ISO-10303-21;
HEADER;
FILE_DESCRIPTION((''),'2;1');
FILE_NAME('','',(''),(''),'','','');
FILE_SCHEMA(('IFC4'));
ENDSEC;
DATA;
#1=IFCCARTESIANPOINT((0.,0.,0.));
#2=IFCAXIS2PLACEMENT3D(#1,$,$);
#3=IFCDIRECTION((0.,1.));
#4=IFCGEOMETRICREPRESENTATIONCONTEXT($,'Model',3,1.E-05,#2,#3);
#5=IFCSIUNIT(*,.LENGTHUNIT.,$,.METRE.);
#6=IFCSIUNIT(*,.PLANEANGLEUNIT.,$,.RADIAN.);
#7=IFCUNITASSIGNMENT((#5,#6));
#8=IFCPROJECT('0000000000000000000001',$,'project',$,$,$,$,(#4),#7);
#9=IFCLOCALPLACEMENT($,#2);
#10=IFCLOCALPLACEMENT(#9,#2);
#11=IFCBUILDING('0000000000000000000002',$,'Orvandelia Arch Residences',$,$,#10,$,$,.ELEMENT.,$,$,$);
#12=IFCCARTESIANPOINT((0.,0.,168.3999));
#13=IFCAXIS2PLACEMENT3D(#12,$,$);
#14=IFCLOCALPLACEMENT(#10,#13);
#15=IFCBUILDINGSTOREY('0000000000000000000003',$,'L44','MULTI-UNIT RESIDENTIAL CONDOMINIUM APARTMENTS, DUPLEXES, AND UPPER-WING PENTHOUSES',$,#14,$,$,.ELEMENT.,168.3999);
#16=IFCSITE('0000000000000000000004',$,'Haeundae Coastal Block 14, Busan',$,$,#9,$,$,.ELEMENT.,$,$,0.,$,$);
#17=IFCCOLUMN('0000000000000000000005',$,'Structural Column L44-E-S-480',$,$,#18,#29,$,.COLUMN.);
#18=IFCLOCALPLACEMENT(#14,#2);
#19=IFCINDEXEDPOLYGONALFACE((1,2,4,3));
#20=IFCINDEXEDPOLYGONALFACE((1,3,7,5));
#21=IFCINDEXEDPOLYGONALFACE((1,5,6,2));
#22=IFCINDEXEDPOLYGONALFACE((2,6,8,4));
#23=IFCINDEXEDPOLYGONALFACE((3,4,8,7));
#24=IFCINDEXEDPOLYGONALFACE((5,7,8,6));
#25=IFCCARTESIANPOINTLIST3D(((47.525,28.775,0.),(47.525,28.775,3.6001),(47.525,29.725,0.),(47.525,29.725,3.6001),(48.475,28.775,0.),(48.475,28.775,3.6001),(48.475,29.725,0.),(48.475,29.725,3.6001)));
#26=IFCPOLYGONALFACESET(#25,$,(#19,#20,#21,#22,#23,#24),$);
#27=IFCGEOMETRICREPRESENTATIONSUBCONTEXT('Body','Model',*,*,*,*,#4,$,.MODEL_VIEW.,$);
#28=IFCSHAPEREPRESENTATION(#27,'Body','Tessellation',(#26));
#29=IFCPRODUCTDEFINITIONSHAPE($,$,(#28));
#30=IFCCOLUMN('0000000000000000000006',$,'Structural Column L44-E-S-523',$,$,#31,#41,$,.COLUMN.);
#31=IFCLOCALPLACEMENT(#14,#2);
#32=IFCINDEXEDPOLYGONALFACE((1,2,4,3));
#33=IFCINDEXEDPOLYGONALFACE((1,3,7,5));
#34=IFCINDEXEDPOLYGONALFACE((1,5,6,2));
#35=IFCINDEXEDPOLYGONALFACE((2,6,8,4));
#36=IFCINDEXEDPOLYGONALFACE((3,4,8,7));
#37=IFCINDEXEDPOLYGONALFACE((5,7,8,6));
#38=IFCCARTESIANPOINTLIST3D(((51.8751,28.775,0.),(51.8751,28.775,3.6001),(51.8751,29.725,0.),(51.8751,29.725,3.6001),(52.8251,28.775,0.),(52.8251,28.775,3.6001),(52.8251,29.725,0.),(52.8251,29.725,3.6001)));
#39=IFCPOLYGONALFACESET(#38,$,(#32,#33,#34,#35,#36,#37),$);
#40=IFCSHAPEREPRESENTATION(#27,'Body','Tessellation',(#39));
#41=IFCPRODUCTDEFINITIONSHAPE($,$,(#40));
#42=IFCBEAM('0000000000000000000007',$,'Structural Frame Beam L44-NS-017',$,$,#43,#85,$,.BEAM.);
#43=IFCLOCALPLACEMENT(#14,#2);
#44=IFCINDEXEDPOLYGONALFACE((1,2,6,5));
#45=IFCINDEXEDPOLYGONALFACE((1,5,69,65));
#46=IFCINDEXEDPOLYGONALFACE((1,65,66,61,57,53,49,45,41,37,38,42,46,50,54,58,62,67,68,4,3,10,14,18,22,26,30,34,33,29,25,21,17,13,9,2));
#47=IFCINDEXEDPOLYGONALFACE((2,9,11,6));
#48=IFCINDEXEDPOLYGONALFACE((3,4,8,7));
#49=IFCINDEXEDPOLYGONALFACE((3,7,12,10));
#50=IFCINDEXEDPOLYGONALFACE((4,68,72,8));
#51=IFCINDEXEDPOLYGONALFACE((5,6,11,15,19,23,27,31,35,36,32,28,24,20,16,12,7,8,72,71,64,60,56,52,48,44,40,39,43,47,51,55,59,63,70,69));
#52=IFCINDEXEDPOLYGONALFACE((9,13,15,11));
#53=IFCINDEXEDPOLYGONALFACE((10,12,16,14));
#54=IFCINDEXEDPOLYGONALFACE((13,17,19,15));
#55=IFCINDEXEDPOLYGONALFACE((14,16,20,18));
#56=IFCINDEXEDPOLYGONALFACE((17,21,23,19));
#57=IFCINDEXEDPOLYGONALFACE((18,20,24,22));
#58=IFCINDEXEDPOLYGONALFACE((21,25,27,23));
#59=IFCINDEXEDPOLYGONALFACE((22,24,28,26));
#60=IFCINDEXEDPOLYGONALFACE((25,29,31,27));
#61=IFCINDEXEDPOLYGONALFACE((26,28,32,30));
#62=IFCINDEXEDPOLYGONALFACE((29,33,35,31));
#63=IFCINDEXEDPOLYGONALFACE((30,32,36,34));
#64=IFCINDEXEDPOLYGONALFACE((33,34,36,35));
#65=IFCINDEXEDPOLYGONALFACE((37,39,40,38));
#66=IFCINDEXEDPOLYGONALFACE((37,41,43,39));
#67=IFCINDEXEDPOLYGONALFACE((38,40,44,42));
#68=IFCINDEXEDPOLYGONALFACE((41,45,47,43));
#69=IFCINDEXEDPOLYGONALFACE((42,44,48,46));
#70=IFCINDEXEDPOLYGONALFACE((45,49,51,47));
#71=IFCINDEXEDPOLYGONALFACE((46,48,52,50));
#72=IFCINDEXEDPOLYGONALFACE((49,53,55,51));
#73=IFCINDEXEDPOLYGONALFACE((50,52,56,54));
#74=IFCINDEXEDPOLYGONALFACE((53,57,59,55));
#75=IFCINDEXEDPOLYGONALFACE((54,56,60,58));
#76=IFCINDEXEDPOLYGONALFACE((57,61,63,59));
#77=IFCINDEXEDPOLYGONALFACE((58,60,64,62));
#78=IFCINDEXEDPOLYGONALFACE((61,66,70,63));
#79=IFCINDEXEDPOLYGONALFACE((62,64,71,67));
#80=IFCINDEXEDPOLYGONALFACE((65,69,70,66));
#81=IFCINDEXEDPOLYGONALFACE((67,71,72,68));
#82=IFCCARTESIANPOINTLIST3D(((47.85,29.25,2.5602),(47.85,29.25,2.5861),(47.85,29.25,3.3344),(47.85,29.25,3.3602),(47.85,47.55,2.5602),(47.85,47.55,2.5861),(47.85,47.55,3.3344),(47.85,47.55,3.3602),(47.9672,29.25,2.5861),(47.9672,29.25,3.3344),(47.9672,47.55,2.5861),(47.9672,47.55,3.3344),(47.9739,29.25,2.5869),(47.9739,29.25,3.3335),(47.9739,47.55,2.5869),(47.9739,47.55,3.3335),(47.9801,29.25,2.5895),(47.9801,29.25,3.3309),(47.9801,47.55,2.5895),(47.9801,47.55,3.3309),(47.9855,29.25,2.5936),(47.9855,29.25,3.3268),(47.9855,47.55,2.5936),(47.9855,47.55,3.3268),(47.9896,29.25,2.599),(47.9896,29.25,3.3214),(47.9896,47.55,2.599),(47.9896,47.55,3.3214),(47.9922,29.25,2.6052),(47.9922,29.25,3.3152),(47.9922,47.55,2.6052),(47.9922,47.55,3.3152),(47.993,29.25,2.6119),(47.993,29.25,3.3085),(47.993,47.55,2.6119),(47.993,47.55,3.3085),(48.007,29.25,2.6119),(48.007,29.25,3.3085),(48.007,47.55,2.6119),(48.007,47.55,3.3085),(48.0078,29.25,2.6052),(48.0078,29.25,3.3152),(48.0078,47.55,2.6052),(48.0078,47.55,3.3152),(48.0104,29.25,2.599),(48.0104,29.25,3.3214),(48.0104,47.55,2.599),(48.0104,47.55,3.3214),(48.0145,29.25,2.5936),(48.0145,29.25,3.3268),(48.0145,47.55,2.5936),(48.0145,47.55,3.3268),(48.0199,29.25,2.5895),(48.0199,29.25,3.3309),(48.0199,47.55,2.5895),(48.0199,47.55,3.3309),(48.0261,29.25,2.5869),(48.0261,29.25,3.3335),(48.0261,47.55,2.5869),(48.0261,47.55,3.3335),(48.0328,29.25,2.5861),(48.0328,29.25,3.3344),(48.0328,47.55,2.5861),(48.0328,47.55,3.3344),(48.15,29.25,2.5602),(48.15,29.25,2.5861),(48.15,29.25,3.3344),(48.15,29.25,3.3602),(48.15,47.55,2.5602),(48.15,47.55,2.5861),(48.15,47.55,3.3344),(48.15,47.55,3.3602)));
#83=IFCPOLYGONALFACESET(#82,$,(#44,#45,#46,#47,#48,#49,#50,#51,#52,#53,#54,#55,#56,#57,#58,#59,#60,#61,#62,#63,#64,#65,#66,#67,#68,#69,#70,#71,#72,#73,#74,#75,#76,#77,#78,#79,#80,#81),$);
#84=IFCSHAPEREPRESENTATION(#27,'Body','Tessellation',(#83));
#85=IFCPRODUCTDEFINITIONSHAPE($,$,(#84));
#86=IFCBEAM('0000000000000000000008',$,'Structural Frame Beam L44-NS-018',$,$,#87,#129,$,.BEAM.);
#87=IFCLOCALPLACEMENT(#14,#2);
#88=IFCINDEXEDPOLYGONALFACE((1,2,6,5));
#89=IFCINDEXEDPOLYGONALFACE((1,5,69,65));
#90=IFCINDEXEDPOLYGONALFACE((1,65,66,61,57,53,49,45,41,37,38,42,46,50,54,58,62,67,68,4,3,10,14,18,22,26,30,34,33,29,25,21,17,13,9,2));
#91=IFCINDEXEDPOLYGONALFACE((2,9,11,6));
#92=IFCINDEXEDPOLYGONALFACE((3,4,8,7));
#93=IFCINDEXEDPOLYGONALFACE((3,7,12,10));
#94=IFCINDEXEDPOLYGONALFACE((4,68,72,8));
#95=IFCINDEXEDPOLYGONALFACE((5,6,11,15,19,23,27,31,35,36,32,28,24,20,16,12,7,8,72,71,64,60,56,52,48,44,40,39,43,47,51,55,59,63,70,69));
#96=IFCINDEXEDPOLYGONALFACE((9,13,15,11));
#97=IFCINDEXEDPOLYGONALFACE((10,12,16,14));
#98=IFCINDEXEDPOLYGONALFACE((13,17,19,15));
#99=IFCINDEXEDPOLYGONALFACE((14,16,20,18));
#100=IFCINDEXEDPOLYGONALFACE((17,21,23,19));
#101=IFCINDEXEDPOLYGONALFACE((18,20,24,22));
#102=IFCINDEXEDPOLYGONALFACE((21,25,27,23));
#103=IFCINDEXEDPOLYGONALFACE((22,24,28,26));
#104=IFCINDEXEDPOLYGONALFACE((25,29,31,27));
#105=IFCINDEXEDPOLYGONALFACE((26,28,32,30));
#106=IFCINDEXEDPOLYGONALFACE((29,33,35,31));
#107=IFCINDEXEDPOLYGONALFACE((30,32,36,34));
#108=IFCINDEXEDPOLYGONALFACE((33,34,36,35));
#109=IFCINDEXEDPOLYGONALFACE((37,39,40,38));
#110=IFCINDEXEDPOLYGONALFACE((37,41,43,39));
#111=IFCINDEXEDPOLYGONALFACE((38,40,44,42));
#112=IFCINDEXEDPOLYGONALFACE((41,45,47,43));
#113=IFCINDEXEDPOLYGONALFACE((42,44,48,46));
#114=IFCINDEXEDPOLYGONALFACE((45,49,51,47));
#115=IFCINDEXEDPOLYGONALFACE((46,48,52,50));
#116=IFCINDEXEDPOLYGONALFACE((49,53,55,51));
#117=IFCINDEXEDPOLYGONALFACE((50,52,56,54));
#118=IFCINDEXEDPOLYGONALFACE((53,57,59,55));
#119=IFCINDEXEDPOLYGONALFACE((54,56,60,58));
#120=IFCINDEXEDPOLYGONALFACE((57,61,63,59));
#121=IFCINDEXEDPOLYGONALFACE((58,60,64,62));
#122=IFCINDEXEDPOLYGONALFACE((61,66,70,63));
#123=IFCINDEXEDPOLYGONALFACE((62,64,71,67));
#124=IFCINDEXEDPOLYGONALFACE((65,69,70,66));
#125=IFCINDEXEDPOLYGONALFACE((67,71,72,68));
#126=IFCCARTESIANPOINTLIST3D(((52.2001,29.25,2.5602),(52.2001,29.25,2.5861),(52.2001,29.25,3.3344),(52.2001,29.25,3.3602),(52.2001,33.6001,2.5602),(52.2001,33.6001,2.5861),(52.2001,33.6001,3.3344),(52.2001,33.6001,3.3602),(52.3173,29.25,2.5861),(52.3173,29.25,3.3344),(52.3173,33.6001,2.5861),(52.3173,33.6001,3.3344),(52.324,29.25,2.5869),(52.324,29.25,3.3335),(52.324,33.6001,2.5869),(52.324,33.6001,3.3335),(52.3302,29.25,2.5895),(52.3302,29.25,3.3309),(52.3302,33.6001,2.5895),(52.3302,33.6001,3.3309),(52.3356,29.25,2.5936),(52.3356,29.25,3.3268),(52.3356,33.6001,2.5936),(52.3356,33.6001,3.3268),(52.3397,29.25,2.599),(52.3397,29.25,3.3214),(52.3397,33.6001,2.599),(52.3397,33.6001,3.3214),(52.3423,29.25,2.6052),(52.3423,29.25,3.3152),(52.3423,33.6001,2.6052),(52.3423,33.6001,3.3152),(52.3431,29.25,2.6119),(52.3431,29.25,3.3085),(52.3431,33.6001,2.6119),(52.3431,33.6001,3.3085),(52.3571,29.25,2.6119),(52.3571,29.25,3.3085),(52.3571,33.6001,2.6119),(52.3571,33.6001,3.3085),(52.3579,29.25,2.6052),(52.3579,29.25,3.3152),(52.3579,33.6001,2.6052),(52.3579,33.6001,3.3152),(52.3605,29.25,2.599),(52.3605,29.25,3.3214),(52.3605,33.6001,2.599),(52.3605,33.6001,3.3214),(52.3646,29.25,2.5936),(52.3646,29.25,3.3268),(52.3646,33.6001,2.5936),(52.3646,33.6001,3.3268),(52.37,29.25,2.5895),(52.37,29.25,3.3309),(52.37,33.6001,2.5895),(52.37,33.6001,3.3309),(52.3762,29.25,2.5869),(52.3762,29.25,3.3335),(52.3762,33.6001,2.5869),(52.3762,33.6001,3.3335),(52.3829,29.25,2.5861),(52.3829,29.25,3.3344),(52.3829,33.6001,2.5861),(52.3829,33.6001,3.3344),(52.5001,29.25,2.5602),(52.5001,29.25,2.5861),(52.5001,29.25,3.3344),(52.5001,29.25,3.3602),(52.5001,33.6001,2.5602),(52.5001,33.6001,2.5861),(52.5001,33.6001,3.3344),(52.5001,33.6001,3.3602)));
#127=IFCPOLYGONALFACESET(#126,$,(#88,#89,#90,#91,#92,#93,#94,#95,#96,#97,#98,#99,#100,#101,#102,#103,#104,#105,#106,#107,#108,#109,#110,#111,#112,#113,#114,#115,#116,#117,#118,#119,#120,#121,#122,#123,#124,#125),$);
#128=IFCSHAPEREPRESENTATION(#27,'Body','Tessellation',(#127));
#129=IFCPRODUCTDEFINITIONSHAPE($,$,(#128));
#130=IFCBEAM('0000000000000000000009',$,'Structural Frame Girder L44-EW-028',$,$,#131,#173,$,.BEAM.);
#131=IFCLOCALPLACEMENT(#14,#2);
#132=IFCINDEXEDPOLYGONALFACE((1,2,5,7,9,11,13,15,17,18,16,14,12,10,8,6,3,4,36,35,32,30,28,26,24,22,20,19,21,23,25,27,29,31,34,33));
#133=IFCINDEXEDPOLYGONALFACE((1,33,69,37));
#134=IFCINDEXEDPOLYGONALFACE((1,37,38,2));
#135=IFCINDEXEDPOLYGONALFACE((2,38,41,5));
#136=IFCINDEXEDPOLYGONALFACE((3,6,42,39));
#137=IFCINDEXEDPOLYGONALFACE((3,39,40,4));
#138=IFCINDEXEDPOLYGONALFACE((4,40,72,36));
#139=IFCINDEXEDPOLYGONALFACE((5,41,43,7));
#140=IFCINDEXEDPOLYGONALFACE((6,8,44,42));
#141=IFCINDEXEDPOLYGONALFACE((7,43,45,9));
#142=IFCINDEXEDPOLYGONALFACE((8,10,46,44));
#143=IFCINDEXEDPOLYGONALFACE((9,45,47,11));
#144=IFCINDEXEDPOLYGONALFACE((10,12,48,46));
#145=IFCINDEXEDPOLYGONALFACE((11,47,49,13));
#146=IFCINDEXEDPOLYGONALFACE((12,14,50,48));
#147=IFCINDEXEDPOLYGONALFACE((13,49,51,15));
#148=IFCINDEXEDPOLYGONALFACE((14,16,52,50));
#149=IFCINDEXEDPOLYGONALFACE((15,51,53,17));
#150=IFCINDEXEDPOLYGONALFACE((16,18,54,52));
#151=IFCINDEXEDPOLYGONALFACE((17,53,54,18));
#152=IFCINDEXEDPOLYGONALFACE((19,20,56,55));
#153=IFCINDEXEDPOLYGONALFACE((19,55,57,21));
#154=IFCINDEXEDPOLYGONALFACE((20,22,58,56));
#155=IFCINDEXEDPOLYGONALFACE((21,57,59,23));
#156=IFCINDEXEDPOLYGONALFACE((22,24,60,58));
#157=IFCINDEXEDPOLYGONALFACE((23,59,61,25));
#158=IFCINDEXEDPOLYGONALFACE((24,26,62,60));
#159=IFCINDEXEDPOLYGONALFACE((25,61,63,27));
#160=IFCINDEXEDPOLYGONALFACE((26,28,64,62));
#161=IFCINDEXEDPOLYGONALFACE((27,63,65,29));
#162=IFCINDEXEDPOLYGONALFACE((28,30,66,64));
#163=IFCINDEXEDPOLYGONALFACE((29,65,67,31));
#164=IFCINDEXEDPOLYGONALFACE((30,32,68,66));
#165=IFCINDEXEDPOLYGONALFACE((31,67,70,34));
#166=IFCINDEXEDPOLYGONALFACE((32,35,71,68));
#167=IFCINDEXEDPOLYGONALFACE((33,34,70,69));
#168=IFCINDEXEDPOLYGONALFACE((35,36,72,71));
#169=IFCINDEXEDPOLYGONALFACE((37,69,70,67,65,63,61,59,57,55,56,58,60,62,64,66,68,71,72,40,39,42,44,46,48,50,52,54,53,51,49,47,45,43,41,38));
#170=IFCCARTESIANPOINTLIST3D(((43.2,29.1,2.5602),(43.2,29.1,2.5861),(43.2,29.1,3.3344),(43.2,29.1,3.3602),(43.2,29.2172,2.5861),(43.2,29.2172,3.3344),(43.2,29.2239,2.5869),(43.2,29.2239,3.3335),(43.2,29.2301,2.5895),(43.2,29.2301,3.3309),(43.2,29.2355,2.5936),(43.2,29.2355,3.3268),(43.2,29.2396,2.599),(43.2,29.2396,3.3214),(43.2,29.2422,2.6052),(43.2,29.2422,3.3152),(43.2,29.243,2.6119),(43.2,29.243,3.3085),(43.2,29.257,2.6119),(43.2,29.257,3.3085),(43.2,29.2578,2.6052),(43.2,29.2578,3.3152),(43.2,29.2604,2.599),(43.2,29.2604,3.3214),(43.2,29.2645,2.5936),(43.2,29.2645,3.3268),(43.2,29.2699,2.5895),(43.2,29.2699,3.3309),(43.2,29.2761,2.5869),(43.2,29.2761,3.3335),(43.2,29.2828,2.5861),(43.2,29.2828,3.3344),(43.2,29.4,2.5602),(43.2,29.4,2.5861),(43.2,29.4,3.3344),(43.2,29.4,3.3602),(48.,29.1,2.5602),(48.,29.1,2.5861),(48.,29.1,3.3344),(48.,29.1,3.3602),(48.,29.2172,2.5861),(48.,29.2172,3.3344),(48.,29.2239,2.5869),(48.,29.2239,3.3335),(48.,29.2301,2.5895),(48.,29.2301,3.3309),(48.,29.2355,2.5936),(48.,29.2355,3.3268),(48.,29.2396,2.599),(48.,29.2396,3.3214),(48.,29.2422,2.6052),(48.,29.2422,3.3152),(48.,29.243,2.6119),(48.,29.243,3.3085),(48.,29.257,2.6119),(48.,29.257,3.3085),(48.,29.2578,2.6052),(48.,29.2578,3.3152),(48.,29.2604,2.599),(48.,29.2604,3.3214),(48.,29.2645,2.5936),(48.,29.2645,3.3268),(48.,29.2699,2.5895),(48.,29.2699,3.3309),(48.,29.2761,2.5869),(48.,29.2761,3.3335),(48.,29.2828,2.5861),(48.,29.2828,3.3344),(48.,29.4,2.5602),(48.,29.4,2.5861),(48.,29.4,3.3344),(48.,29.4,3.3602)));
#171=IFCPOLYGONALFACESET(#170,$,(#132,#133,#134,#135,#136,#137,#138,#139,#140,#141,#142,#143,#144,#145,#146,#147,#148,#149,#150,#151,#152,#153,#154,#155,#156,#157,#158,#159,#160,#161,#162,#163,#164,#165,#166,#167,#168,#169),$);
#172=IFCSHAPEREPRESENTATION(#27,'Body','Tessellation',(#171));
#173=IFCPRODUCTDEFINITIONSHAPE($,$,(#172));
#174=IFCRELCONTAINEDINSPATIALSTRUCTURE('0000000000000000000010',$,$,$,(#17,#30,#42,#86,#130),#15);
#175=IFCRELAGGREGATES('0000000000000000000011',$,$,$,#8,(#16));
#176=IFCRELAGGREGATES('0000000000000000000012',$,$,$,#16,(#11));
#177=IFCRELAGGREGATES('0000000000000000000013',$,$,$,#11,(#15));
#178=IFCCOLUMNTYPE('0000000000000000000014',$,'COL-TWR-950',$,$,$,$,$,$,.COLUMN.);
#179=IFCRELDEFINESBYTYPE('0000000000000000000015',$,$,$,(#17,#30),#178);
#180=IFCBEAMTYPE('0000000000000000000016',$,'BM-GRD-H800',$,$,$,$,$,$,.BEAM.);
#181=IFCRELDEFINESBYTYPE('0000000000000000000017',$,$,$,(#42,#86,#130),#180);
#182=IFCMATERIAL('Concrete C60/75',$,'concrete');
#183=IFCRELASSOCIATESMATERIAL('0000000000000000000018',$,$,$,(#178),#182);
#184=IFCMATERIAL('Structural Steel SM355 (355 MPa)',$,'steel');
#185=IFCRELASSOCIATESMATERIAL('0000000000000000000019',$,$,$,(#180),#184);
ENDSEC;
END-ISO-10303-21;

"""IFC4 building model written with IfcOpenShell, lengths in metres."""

from ifc_helpers import new_model, si_unit, direction, frame, origin, origin_2d, place, context, subcontext, project, spatial, rectangle, i_section, extrude, material, material_profile, profile_set, type_object, element, save


model = new_model("IFC4")

# Units and contexts
model_context = context("Model", 3, precision=1e-05, world=origin(), true_north=direction((0.0, 1.0)))
body_context = subcontext(model_context, "Body", "Model", "MODEL_VIEW")
ifc_project = project(units=[si_unit("LENGTHUNIT", "METRE"), si_unit("PLANEANGLEUNIT", "RADIAN")], contexts=[model_context])

# Site, building, storey
site_placement = place(None, origin())
site = spatial("IfcSite", under=ifc_project, at=site_placement, Name="Haeundae Coastal Block 14, Busan", CompositionType="ELEMENT", RefElevation=0.0)
building_placement = place(site_placement, origin())
building = spatial("IfcBuilding", under=site, at=building_placement, Name="Orvandelia Arch Residences", CompositionType="ELEMENT")
storey_placement = place(building_placement, frame((0.0, 0.0, 168.3999)))
storey = spatial("IfcBuildingStorey", under=building, at=storey_placement, Name="L44", Description="MULTI-UNIT RESIDENTIAL CONDOMINIUM APARTMENTS, DUPLEXES, AND UPPER-WING PENTHOUSES", CompositionType="ELEMENT", Elevation=168.3999)

# Columns
ifc_material_1 = material(Name="Concrete C60/75", Category="concrete")
ifc_material_profile_1 = material_profile(ifc_material_1, rectangle(XDim=0.95, YDim=0.95, at=origin_2d()), Name="Concrete C60/75", Category="concrete")
ifc_profile_set_1 = profile_set([ifc_material_profile_1], Name="Concrete C60/75")
column_type = type_object("IfcColumnType", Name="COL-TWR-950", PredefinedType="COLUMN", material=ifc_profile_set_1)
for number, where, z_axis, x_axis, name in (
    (1, (48.0, 29.25, 0.0), (0.0, 0.0, 1.0), (1.0, 0.0, 0.0), "Structural Column L44-E-S-480"),
    (2, (52.3501, 29.25, 0.0), (0.0, 0.0, 1.0), (1.0, 0.0, 0.0), "Structural Column L44-E-S-523"),
):
    element("IfcColumn", number, at=place(storey_placement, frame(where, z_axis=z_axis, x_axis=x_axis)), inside=storey, type_object=column_type, Name=name, PredefinedType="COLUMN", context=body_context, shape_type="SweptSolid", body=[
        extrude(rectangle(XDim=0.95, YDim=0.95, at=origin_2d()), origin(), (0.0, 0.0, 1.0), 3.6001),
    ])

# Beams
ifc_material_2 = material(Name="Structural Steel SM355 (355 MPa)", Category="steel")
ifc_material_profile_2 = material_profile(ifc_material_2, i_section(OverallWidth=0.3, OverallDepth=0.8, WebThickness=0.0139, FlangeThickness=0.0259, FilletRadius=0.0259, at=origin_2d()), Name="Structural Steel SM355 (355 MPa)", Category="steel")
ifc_profile_set_2 = profile_set([ifc_material_profile_2], Name="Structural Steel SM355 (355 MPa)")
beam_type = type_object("IfcBeamType", Name="BM-GRD-H800", PredefinedType="BEAM", material=ifc_profile_set_2)
beam_1_placement = place(storey_placement, frame((48.0, 29.25, 2.9602), z_axis=(0.0, 1.0, 0.0), x_axis=(-1.0, 0.0, 0.0)))
element("IfcBeam", 3, at=beam_1_placement, inside=storey, type_object=beam_type, Name="Structural Frame Beam L44-NS-017", PredefinedType="BEAM", context=body_context, shape_type="SweptSolid", body=[
    extrude(i_section(OverallWidth=0.3, OverallDepth=0.8, WebThickness=0.0139, FlangeThickness=0.0259, FilletRadius=0.0259, at=origin_2d()), origin(), (0.0, 0.0, 1.0), 18.3),
])
beam_2_placement = place(storey_placement, frame((52.3501, 29.25, 2.9602), z_axis=(0.0, 1.0, 0.0), x_axis=(-1.0, 0.0, 0.0)))
element("IfcBeam", 4, at=beam_2_placement, inside=storey, type_object=beam_type, Name="Structural Frame Beam L44-NS-018", PredefinedType="BEAM", context=body_context, shape_type="SweptSolid", body=[
    extrude(i_section(OverallWidth=0.3, OverallDepth=0.8, WebThickness=0.0139, FlangeThickness=0.0259, FilletRadius=0.0259, at=origin_2d()), origin(), (0.0, 0.0, 1.0), 4.3501),
])
beam_3_placement = place(storey_placement, frame((43.2, 29.25, 2.9602), z_axis=(1.0, 0.0, 0.0), x_axis=(0.0, 1.0, 0.0)))
element("IfcBeam", 5, at=beam_3_placement, inside=storey, type_object=beam_type, Name="Structural Frame Girder L44-EW-028", PredefinedType="BEAM", context=body_context, shape_type="SweptSolid", body=[
    extrude(i_section(OverallWidth=0.3, OverallDepth=0.8, WebThickness=0.0139, FlangeThickness=0.0259, FilletRadius=0.0259, at=origin_2d()), origin(), (0.0, 0.0, 1.0), 4.8),
])

save(model, "model.ifc")
